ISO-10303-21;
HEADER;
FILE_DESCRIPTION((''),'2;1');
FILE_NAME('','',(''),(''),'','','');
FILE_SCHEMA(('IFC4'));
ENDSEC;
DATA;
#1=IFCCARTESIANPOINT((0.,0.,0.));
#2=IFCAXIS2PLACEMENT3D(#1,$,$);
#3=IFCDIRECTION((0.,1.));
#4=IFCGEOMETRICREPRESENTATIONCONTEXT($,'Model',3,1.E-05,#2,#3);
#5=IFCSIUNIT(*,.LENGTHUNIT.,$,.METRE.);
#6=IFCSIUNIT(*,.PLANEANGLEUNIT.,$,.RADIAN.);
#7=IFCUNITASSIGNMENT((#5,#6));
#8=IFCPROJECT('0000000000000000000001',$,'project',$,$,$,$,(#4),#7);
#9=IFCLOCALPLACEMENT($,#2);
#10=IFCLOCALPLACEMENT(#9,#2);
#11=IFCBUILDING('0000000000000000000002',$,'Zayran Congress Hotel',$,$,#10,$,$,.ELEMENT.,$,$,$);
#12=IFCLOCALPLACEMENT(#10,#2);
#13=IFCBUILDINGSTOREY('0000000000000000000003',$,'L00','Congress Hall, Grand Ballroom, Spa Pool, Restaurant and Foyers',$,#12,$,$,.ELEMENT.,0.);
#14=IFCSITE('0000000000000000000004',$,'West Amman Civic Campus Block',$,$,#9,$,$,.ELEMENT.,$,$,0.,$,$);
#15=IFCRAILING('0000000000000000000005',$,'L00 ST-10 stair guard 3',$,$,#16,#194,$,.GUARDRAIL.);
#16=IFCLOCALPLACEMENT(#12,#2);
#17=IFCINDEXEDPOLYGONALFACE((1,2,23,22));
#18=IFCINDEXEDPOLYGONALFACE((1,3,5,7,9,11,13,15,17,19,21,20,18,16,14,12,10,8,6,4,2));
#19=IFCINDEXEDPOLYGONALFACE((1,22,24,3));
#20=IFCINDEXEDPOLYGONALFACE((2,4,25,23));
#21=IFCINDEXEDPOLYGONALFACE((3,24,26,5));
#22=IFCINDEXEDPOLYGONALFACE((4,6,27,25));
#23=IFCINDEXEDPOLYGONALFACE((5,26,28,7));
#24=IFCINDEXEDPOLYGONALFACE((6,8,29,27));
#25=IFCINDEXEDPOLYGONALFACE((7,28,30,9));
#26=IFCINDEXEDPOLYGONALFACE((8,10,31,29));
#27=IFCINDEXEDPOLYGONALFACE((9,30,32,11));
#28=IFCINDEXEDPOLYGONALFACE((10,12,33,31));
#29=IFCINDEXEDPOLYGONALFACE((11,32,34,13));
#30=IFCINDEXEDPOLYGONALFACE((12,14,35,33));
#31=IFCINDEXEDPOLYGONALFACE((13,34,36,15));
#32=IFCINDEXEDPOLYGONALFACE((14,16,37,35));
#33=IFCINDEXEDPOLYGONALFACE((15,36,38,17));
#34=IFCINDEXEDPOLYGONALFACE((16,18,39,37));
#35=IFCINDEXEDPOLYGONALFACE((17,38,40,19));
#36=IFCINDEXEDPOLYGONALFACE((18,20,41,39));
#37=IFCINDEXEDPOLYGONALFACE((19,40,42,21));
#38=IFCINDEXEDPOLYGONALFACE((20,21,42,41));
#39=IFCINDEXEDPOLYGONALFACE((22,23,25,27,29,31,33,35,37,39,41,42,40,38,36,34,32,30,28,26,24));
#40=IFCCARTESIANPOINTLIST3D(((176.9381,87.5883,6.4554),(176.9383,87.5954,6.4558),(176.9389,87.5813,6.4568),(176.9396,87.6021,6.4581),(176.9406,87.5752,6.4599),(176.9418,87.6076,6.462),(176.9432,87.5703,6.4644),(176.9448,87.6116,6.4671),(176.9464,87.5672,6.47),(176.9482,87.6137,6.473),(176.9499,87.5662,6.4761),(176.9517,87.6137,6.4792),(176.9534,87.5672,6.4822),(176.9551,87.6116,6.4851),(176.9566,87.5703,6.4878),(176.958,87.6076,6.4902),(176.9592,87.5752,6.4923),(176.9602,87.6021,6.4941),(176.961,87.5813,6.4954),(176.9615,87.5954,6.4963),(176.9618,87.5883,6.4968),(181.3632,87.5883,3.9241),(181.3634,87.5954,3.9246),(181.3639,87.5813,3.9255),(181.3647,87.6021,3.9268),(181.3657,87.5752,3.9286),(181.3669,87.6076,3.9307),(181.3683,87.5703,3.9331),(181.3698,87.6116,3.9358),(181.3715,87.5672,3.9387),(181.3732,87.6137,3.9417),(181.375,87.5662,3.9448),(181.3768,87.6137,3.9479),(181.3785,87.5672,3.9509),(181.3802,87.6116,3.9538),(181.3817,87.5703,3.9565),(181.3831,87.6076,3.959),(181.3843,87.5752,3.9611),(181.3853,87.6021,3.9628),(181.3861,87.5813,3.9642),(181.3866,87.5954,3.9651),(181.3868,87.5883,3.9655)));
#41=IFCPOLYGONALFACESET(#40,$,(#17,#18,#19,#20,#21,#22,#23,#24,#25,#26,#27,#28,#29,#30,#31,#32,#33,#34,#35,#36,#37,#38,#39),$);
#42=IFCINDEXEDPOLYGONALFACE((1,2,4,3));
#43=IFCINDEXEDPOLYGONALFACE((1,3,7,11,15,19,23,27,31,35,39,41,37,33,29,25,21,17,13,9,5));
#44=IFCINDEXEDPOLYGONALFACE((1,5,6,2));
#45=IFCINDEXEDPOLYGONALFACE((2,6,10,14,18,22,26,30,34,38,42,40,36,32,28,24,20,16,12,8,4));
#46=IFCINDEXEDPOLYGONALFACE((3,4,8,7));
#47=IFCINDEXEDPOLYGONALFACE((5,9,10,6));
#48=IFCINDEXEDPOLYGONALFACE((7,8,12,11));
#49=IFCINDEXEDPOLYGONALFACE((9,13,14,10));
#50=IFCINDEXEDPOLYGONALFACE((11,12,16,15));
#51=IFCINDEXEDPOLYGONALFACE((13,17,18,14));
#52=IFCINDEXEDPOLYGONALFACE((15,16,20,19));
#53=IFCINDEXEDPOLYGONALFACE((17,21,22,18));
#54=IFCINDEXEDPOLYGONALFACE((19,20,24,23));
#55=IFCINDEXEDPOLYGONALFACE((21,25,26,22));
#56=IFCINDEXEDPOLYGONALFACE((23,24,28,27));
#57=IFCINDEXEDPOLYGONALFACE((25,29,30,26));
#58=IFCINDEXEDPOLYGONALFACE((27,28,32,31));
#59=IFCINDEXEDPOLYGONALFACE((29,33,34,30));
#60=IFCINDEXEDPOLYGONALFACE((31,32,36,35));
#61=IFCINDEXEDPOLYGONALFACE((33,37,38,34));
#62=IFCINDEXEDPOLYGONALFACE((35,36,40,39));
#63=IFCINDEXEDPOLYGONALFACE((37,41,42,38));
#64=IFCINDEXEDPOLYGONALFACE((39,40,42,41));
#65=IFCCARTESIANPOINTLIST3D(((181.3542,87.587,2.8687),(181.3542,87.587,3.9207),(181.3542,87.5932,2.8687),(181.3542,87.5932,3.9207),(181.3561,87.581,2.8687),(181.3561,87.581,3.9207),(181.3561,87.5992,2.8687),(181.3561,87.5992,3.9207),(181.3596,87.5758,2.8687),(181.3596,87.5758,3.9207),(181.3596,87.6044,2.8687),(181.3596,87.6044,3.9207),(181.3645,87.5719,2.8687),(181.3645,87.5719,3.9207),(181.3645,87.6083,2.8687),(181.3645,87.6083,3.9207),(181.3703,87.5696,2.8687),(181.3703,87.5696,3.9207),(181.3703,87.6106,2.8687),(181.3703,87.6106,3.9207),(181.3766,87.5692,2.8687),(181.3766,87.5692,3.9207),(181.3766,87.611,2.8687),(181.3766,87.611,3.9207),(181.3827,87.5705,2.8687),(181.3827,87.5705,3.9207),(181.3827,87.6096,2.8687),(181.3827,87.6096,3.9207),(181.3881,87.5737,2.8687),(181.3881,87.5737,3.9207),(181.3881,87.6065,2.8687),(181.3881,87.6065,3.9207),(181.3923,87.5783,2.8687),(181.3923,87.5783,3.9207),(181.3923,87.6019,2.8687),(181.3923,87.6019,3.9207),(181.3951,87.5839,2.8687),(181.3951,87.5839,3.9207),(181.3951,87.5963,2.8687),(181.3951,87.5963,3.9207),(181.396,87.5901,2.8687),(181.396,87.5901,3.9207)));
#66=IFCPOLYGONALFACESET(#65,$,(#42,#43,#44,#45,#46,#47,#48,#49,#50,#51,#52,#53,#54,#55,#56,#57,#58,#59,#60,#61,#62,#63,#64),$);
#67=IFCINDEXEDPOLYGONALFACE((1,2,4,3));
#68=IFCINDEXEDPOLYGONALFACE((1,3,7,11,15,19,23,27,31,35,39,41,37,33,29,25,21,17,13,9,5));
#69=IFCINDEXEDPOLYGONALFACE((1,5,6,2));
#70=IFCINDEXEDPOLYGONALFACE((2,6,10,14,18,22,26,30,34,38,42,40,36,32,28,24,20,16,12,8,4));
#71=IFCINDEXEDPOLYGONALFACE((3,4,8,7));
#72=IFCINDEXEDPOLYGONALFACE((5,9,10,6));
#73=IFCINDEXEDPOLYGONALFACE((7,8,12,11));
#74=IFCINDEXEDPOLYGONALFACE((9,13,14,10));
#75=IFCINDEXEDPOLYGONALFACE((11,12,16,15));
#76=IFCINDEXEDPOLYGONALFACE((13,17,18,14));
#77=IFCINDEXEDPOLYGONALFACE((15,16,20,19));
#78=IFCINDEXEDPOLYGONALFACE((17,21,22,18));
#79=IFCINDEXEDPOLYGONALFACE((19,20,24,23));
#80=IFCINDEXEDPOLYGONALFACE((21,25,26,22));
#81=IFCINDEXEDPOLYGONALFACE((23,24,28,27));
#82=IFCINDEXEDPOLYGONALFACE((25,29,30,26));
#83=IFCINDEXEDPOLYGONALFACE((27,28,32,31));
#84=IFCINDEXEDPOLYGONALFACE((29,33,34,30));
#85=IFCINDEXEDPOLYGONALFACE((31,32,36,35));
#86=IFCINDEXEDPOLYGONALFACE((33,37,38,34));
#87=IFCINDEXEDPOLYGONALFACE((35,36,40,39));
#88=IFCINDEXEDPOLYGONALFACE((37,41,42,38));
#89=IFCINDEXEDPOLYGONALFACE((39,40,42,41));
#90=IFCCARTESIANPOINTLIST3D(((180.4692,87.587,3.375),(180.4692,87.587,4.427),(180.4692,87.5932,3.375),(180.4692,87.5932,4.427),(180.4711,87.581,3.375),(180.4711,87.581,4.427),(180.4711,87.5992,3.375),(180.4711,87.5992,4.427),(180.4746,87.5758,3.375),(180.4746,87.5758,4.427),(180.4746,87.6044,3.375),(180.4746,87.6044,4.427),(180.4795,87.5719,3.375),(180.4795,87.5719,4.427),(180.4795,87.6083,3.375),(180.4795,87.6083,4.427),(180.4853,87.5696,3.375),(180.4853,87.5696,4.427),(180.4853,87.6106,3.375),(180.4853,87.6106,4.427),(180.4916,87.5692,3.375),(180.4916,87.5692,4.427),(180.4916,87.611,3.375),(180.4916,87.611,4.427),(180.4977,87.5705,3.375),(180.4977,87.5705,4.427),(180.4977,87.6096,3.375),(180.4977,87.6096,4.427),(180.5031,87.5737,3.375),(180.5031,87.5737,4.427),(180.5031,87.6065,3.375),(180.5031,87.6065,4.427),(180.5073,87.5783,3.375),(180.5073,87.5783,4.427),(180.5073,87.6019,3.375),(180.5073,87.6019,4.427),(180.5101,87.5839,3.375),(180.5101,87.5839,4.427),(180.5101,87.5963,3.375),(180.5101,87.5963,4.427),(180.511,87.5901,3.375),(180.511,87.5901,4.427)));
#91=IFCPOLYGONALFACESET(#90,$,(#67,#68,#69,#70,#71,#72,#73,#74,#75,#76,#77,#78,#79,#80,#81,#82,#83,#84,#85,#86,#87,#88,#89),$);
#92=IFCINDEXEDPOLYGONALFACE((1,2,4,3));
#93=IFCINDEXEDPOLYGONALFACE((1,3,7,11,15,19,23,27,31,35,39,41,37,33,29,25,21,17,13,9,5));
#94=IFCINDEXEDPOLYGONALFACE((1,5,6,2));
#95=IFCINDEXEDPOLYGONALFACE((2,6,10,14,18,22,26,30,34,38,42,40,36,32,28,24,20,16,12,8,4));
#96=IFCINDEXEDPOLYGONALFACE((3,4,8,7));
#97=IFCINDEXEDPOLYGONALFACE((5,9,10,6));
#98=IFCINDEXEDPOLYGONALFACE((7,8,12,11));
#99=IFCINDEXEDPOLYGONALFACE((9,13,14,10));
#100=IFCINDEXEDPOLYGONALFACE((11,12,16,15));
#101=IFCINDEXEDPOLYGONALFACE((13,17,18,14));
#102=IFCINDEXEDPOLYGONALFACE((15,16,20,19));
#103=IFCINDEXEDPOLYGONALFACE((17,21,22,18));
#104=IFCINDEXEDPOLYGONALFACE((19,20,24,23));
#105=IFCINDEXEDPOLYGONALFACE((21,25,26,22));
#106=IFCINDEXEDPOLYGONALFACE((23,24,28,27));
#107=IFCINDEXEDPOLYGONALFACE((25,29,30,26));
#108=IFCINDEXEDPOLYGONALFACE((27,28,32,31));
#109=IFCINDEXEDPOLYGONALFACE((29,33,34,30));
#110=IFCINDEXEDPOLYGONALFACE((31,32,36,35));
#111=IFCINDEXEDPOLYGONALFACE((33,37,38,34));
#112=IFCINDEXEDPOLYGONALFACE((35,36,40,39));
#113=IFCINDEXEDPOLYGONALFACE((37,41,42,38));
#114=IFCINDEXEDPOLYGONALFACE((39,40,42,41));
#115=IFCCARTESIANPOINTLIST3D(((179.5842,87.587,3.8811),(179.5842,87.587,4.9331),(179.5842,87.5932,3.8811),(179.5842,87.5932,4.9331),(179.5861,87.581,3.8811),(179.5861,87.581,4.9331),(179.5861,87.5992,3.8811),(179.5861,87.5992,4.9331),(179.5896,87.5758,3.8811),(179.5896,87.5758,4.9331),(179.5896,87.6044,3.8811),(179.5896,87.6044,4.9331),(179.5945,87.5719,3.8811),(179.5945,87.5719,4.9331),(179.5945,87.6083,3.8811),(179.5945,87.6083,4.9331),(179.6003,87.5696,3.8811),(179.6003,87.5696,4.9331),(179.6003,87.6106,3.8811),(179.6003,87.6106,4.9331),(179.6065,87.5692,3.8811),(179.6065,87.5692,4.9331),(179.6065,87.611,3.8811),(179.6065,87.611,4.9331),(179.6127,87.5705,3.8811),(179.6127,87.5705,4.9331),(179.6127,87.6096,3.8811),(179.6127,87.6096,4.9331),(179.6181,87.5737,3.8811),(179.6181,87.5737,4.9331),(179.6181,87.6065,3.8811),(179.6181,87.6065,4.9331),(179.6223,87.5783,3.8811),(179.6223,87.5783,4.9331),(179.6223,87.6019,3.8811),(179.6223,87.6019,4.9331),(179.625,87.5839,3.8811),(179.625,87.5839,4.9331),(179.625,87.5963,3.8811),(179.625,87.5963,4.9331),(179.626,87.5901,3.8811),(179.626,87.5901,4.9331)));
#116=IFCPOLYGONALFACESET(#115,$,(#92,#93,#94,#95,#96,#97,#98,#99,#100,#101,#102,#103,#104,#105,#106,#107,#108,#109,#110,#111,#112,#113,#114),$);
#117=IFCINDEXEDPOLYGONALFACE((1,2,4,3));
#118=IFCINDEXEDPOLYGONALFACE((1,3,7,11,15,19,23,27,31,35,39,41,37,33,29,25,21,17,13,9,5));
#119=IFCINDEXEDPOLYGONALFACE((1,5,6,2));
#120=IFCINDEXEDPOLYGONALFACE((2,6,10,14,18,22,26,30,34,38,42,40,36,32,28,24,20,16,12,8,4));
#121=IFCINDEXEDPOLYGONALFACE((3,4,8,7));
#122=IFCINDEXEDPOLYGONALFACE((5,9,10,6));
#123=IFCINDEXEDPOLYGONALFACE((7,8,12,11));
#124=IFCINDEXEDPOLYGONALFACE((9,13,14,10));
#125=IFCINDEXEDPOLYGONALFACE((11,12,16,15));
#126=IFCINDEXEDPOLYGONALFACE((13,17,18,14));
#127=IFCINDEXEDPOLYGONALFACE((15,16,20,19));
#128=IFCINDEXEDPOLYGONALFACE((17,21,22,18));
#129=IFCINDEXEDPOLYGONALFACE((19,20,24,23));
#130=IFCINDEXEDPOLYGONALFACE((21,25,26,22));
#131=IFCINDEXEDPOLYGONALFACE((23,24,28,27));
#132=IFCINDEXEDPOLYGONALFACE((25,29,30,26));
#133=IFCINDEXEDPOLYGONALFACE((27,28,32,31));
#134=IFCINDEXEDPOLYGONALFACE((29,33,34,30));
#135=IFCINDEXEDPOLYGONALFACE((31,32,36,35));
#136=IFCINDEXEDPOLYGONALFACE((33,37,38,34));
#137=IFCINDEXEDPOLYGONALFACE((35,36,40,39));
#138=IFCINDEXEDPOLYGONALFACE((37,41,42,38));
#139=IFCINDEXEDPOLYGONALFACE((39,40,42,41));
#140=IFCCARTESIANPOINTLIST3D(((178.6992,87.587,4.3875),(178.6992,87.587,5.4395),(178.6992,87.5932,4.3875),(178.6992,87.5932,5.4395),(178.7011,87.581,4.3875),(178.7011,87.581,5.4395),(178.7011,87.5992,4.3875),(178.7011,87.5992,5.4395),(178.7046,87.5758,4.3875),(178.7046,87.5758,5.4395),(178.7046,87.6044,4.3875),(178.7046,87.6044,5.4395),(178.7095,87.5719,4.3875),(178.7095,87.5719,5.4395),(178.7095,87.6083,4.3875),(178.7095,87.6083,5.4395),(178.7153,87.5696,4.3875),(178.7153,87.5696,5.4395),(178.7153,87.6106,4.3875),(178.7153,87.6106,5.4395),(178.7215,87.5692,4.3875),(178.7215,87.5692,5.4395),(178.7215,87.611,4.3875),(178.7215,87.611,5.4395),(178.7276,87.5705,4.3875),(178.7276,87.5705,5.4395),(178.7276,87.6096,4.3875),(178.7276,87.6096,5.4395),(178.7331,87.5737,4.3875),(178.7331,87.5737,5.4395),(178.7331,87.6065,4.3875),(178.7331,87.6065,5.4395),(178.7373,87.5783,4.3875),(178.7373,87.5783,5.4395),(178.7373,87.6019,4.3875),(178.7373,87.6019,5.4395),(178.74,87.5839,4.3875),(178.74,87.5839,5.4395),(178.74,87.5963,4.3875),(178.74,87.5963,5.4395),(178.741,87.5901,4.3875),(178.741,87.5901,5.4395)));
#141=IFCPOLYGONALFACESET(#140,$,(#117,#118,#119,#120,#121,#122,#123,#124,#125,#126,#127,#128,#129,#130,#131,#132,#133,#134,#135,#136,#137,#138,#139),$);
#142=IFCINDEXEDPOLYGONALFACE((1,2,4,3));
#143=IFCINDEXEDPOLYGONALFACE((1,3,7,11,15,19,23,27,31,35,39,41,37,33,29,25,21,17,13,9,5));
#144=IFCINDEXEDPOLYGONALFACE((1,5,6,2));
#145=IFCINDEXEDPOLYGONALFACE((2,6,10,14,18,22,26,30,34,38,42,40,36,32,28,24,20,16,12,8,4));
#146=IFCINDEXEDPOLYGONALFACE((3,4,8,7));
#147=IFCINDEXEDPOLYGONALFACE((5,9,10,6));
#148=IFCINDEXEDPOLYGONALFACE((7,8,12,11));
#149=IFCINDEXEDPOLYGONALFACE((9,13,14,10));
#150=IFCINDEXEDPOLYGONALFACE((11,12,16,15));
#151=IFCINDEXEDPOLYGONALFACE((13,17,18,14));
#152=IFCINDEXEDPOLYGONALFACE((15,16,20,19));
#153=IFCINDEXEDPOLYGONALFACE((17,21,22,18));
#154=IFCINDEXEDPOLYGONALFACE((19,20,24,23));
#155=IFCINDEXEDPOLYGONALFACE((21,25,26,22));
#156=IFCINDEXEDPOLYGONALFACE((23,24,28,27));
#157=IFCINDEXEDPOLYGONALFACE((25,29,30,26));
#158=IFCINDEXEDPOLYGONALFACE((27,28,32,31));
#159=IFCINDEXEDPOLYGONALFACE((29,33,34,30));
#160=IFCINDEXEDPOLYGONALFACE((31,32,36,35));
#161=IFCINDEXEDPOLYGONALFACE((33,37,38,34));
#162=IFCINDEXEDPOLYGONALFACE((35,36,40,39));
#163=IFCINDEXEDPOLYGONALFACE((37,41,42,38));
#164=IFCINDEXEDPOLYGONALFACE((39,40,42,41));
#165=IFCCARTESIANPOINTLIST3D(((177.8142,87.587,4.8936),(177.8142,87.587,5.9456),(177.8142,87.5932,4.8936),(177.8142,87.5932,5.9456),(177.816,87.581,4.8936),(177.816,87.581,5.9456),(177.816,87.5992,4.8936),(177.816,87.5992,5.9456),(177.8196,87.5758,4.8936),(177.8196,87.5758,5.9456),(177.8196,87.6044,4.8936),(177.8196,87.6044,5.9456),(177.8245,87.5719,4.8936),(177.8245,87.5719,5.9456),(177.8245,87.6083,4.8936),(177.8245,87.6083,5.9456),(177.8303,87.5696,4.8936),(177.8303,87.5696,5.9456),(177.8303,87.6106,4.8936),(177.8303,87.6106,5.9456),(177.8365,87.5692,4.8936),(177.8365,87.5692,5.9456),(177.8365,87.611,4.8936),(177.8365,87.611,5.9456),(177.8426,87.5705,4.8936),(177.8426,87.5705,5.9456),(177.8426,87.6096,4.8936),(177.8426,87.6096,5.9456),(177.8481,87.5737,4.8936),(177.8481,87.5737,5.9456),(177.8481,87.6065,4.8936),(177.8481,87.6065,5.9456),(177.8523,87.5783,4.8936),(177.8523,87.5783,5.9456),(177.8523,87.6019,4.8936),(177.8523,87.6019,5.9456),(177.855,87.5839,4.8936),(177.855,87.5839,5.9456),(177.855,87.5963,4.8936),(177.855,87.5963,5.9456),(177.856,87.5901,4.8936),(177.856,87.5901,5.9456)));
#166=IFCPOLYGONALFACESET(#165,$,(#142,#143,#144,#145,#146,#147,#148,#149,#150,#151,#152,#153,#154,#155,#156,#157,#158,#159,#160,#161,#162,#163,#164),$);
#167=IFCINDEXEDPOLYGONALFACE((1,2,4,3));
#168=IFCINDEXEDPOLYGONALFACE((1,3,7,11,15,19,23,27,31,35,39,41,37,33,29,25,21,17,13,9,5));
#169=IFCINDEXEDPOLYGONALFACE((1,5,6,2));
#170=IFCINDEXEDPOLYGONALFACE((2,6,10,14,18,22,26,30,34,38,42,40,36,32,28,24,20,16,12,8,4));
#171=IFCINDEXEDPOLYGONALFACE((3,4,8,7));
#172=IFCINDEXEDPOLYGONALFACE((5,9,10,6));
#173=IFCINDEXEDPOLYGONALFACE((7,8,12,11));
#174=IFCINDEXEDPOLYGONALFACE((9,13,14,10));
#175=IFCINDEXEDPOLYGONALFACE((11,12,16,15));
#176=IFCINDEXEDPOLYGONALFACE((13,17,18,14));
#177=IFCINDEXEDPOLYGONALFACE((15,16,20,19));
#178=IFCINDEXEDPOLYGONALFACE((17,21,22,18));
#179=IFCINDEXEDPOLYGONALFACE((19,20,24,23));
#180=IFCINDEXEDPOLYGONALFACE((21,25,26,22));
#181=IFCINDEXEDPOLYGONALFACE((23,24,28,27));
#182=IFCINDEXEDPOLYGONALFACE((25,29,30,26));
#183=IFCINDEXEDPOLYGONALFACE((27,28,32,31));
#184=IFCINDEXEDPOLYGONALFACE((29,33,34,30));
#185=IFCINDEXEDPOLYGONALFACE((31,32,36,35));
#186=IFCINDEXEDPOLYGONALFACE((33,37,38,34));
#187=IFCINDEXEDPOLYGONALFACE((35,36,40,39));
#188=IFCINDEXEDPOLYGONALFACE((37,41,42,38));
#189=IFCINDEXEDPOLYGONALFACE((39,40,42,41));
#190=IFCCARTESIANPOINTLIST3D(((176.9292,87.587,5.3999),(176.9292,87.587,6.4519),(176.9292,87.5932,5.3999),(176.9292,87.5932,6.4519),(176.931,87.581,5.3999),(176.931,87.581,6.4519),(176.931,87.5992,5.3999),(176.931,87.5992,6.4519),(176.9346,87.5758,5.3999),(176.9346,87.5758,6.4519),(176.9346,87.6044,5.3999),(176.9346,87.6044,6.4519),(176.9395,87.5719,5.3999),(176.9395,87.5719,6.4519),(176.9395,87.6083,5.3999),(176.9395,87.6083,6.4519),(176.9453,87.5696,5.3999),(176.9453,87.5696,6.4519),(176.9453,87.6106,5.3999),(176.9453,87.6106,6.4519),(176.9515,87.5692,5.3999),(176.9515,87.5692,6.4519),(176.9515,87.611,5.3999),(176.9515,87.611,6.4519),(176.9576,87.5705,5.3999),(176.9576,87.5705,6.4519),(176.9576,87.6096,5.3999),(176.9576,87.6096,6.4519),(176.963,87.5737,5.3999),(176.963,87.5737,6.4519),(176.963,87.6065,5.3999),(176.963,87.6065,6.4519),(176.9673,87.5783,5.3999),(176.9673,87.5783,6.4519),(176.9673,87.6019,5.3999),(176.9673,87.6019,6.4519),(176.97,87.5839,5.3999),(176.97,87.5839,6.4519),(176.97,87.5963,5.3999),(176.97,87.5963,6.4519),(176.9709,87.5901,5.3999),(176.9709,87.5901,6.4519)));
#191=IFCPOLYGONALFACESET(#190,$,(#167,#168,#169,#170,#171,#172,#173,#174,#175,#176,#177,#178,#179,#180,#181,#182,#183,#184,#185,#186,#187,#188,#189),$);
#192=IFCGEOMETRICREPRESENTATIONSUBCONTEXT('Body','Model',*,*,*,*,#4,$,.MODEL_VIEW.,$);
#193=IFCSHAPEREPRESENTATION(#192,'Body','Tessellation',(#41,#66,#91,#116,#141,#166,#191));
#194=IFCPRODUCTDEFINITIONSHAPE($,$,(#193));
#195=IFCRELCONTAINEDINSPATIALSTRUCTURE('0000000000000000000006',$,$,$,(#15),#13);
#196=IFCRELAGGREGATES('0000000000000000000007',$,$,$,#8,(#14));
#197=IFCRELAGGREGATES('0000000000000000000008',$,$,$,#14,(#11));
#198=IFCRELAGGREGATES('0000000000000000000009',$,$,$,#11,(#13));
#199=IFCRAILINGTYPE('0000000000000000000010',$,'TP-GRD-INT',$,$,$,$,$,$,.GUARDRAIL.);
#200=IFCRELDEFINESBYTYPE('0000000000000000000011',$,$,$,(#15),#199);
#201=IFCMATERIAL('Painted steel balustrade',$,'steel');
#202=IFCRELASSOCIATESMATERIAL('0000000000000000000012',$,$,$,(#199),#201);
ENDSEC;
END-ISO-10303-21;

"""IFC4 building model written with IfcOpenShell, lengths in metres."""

from ifc_helpers import new_model, si_unit, direction, frame, origin, origin_2d, place, context, subcontext, project, spatial, circle, extrude, material, type_object, element, save


model = new_model("IFC4")

# Units and contexts
model_context = context("Model", 3, precision=1e-05, world=origin(), true_north=direction((0.0, 1.0)))
body_context = subcontext(model_context, "Body", "Model", "MODEL_VIEW")
ifc_project = project(units=[si_unit("LENGTHUNIT", "METRE"), si_unit("PLANEANGLEUNIT", "RADIAN")], contexts=[model_context])

# Site, building, storey
site_placement = place(None, origin())
site = spatial("IfcSite", under=ifc_project, at=site_placement, Name="West Amman Civic Campus Block", CompositionType="ELEMENT", RefElevation=0.0)
building_placement = place(site_placement, origin())
building = spatial("IfcBuilding", under=site, at=building_placement, Name="Zayran Congress Hotel", CompositionType="ELEMENT")
storey_placement = place(building_placement, origin())
storey = spatial("IfcBuildingStorey", under=building, at=storey_placement, Name="L00", Description="Congress Hall, Grand Ballroom, Spa Pool, Restaurant and Foyers", CompositionType="ELEMENT", Elevation=0.0)

# Railing
ifc_material_1 = material(Name="Painted steel balustrade", Category="steel")
railing_type_1 = type_object("IfcRailingType", Name="TP-GRD-INT", PredefinedType="GUARDRAIL", material=ifc_material_1)
railing_1_placement = place(storey_placement, frame((181.375, 87.5901, 2.8687)))
element("IfcRailing", 1, at=railing_1_placement, inside=storey, type_object=railing_type_1, Name="L00 ST-10 stair guard 3", PredefinedType="GUARDRAIL", context=body_context, shape_type="SweptSolid", body=[
    extrude(circle(Radius=0.0239, at=origin_2d()), frame((0.0, 0.0, 1.0762), z_axis=(-0.868019, 0.0, 0.496531), x_axis=(0.0, -1.0, 0.0)), (0.0, 0.0, 1.0), 5.0979),
    extrude(circle(Radius=0.021, at=origin_2d()), origin(), (0.0, 0.0, 1.0), 1.052),
    extrude(circle(Radius=0.021, at=origin_2d()), frame((-0.885, 0.0, 0.5063)), (0.0, 0.0, 1.0), 1.052),
    extrude(circle(Radius=0.021, at=origin_2d()), frame((-1.77, 0.0, 1.0125)), (0.0, 0.0, 1.0), 1.052),
    extrude(circle(Radius=0.021, at=origin_2d()), frame((-2.655, 0.0, 1.5188)), (0.0, 0.0, 1.0), 1.052),
    extrude(circle(Radius=0.021, at=origin_2d()), frame((-3.54, 0.0, 2.0249)), (0.0, 0.0, 1.0), 1.052),
    extrude(circle(Radius=0.021, at=origin_2d()), frame((-4.425, 0.0, 2.5312)), (0.0, 0.0, 1.0), 1.052),
])

save(model, "model.ifc")
